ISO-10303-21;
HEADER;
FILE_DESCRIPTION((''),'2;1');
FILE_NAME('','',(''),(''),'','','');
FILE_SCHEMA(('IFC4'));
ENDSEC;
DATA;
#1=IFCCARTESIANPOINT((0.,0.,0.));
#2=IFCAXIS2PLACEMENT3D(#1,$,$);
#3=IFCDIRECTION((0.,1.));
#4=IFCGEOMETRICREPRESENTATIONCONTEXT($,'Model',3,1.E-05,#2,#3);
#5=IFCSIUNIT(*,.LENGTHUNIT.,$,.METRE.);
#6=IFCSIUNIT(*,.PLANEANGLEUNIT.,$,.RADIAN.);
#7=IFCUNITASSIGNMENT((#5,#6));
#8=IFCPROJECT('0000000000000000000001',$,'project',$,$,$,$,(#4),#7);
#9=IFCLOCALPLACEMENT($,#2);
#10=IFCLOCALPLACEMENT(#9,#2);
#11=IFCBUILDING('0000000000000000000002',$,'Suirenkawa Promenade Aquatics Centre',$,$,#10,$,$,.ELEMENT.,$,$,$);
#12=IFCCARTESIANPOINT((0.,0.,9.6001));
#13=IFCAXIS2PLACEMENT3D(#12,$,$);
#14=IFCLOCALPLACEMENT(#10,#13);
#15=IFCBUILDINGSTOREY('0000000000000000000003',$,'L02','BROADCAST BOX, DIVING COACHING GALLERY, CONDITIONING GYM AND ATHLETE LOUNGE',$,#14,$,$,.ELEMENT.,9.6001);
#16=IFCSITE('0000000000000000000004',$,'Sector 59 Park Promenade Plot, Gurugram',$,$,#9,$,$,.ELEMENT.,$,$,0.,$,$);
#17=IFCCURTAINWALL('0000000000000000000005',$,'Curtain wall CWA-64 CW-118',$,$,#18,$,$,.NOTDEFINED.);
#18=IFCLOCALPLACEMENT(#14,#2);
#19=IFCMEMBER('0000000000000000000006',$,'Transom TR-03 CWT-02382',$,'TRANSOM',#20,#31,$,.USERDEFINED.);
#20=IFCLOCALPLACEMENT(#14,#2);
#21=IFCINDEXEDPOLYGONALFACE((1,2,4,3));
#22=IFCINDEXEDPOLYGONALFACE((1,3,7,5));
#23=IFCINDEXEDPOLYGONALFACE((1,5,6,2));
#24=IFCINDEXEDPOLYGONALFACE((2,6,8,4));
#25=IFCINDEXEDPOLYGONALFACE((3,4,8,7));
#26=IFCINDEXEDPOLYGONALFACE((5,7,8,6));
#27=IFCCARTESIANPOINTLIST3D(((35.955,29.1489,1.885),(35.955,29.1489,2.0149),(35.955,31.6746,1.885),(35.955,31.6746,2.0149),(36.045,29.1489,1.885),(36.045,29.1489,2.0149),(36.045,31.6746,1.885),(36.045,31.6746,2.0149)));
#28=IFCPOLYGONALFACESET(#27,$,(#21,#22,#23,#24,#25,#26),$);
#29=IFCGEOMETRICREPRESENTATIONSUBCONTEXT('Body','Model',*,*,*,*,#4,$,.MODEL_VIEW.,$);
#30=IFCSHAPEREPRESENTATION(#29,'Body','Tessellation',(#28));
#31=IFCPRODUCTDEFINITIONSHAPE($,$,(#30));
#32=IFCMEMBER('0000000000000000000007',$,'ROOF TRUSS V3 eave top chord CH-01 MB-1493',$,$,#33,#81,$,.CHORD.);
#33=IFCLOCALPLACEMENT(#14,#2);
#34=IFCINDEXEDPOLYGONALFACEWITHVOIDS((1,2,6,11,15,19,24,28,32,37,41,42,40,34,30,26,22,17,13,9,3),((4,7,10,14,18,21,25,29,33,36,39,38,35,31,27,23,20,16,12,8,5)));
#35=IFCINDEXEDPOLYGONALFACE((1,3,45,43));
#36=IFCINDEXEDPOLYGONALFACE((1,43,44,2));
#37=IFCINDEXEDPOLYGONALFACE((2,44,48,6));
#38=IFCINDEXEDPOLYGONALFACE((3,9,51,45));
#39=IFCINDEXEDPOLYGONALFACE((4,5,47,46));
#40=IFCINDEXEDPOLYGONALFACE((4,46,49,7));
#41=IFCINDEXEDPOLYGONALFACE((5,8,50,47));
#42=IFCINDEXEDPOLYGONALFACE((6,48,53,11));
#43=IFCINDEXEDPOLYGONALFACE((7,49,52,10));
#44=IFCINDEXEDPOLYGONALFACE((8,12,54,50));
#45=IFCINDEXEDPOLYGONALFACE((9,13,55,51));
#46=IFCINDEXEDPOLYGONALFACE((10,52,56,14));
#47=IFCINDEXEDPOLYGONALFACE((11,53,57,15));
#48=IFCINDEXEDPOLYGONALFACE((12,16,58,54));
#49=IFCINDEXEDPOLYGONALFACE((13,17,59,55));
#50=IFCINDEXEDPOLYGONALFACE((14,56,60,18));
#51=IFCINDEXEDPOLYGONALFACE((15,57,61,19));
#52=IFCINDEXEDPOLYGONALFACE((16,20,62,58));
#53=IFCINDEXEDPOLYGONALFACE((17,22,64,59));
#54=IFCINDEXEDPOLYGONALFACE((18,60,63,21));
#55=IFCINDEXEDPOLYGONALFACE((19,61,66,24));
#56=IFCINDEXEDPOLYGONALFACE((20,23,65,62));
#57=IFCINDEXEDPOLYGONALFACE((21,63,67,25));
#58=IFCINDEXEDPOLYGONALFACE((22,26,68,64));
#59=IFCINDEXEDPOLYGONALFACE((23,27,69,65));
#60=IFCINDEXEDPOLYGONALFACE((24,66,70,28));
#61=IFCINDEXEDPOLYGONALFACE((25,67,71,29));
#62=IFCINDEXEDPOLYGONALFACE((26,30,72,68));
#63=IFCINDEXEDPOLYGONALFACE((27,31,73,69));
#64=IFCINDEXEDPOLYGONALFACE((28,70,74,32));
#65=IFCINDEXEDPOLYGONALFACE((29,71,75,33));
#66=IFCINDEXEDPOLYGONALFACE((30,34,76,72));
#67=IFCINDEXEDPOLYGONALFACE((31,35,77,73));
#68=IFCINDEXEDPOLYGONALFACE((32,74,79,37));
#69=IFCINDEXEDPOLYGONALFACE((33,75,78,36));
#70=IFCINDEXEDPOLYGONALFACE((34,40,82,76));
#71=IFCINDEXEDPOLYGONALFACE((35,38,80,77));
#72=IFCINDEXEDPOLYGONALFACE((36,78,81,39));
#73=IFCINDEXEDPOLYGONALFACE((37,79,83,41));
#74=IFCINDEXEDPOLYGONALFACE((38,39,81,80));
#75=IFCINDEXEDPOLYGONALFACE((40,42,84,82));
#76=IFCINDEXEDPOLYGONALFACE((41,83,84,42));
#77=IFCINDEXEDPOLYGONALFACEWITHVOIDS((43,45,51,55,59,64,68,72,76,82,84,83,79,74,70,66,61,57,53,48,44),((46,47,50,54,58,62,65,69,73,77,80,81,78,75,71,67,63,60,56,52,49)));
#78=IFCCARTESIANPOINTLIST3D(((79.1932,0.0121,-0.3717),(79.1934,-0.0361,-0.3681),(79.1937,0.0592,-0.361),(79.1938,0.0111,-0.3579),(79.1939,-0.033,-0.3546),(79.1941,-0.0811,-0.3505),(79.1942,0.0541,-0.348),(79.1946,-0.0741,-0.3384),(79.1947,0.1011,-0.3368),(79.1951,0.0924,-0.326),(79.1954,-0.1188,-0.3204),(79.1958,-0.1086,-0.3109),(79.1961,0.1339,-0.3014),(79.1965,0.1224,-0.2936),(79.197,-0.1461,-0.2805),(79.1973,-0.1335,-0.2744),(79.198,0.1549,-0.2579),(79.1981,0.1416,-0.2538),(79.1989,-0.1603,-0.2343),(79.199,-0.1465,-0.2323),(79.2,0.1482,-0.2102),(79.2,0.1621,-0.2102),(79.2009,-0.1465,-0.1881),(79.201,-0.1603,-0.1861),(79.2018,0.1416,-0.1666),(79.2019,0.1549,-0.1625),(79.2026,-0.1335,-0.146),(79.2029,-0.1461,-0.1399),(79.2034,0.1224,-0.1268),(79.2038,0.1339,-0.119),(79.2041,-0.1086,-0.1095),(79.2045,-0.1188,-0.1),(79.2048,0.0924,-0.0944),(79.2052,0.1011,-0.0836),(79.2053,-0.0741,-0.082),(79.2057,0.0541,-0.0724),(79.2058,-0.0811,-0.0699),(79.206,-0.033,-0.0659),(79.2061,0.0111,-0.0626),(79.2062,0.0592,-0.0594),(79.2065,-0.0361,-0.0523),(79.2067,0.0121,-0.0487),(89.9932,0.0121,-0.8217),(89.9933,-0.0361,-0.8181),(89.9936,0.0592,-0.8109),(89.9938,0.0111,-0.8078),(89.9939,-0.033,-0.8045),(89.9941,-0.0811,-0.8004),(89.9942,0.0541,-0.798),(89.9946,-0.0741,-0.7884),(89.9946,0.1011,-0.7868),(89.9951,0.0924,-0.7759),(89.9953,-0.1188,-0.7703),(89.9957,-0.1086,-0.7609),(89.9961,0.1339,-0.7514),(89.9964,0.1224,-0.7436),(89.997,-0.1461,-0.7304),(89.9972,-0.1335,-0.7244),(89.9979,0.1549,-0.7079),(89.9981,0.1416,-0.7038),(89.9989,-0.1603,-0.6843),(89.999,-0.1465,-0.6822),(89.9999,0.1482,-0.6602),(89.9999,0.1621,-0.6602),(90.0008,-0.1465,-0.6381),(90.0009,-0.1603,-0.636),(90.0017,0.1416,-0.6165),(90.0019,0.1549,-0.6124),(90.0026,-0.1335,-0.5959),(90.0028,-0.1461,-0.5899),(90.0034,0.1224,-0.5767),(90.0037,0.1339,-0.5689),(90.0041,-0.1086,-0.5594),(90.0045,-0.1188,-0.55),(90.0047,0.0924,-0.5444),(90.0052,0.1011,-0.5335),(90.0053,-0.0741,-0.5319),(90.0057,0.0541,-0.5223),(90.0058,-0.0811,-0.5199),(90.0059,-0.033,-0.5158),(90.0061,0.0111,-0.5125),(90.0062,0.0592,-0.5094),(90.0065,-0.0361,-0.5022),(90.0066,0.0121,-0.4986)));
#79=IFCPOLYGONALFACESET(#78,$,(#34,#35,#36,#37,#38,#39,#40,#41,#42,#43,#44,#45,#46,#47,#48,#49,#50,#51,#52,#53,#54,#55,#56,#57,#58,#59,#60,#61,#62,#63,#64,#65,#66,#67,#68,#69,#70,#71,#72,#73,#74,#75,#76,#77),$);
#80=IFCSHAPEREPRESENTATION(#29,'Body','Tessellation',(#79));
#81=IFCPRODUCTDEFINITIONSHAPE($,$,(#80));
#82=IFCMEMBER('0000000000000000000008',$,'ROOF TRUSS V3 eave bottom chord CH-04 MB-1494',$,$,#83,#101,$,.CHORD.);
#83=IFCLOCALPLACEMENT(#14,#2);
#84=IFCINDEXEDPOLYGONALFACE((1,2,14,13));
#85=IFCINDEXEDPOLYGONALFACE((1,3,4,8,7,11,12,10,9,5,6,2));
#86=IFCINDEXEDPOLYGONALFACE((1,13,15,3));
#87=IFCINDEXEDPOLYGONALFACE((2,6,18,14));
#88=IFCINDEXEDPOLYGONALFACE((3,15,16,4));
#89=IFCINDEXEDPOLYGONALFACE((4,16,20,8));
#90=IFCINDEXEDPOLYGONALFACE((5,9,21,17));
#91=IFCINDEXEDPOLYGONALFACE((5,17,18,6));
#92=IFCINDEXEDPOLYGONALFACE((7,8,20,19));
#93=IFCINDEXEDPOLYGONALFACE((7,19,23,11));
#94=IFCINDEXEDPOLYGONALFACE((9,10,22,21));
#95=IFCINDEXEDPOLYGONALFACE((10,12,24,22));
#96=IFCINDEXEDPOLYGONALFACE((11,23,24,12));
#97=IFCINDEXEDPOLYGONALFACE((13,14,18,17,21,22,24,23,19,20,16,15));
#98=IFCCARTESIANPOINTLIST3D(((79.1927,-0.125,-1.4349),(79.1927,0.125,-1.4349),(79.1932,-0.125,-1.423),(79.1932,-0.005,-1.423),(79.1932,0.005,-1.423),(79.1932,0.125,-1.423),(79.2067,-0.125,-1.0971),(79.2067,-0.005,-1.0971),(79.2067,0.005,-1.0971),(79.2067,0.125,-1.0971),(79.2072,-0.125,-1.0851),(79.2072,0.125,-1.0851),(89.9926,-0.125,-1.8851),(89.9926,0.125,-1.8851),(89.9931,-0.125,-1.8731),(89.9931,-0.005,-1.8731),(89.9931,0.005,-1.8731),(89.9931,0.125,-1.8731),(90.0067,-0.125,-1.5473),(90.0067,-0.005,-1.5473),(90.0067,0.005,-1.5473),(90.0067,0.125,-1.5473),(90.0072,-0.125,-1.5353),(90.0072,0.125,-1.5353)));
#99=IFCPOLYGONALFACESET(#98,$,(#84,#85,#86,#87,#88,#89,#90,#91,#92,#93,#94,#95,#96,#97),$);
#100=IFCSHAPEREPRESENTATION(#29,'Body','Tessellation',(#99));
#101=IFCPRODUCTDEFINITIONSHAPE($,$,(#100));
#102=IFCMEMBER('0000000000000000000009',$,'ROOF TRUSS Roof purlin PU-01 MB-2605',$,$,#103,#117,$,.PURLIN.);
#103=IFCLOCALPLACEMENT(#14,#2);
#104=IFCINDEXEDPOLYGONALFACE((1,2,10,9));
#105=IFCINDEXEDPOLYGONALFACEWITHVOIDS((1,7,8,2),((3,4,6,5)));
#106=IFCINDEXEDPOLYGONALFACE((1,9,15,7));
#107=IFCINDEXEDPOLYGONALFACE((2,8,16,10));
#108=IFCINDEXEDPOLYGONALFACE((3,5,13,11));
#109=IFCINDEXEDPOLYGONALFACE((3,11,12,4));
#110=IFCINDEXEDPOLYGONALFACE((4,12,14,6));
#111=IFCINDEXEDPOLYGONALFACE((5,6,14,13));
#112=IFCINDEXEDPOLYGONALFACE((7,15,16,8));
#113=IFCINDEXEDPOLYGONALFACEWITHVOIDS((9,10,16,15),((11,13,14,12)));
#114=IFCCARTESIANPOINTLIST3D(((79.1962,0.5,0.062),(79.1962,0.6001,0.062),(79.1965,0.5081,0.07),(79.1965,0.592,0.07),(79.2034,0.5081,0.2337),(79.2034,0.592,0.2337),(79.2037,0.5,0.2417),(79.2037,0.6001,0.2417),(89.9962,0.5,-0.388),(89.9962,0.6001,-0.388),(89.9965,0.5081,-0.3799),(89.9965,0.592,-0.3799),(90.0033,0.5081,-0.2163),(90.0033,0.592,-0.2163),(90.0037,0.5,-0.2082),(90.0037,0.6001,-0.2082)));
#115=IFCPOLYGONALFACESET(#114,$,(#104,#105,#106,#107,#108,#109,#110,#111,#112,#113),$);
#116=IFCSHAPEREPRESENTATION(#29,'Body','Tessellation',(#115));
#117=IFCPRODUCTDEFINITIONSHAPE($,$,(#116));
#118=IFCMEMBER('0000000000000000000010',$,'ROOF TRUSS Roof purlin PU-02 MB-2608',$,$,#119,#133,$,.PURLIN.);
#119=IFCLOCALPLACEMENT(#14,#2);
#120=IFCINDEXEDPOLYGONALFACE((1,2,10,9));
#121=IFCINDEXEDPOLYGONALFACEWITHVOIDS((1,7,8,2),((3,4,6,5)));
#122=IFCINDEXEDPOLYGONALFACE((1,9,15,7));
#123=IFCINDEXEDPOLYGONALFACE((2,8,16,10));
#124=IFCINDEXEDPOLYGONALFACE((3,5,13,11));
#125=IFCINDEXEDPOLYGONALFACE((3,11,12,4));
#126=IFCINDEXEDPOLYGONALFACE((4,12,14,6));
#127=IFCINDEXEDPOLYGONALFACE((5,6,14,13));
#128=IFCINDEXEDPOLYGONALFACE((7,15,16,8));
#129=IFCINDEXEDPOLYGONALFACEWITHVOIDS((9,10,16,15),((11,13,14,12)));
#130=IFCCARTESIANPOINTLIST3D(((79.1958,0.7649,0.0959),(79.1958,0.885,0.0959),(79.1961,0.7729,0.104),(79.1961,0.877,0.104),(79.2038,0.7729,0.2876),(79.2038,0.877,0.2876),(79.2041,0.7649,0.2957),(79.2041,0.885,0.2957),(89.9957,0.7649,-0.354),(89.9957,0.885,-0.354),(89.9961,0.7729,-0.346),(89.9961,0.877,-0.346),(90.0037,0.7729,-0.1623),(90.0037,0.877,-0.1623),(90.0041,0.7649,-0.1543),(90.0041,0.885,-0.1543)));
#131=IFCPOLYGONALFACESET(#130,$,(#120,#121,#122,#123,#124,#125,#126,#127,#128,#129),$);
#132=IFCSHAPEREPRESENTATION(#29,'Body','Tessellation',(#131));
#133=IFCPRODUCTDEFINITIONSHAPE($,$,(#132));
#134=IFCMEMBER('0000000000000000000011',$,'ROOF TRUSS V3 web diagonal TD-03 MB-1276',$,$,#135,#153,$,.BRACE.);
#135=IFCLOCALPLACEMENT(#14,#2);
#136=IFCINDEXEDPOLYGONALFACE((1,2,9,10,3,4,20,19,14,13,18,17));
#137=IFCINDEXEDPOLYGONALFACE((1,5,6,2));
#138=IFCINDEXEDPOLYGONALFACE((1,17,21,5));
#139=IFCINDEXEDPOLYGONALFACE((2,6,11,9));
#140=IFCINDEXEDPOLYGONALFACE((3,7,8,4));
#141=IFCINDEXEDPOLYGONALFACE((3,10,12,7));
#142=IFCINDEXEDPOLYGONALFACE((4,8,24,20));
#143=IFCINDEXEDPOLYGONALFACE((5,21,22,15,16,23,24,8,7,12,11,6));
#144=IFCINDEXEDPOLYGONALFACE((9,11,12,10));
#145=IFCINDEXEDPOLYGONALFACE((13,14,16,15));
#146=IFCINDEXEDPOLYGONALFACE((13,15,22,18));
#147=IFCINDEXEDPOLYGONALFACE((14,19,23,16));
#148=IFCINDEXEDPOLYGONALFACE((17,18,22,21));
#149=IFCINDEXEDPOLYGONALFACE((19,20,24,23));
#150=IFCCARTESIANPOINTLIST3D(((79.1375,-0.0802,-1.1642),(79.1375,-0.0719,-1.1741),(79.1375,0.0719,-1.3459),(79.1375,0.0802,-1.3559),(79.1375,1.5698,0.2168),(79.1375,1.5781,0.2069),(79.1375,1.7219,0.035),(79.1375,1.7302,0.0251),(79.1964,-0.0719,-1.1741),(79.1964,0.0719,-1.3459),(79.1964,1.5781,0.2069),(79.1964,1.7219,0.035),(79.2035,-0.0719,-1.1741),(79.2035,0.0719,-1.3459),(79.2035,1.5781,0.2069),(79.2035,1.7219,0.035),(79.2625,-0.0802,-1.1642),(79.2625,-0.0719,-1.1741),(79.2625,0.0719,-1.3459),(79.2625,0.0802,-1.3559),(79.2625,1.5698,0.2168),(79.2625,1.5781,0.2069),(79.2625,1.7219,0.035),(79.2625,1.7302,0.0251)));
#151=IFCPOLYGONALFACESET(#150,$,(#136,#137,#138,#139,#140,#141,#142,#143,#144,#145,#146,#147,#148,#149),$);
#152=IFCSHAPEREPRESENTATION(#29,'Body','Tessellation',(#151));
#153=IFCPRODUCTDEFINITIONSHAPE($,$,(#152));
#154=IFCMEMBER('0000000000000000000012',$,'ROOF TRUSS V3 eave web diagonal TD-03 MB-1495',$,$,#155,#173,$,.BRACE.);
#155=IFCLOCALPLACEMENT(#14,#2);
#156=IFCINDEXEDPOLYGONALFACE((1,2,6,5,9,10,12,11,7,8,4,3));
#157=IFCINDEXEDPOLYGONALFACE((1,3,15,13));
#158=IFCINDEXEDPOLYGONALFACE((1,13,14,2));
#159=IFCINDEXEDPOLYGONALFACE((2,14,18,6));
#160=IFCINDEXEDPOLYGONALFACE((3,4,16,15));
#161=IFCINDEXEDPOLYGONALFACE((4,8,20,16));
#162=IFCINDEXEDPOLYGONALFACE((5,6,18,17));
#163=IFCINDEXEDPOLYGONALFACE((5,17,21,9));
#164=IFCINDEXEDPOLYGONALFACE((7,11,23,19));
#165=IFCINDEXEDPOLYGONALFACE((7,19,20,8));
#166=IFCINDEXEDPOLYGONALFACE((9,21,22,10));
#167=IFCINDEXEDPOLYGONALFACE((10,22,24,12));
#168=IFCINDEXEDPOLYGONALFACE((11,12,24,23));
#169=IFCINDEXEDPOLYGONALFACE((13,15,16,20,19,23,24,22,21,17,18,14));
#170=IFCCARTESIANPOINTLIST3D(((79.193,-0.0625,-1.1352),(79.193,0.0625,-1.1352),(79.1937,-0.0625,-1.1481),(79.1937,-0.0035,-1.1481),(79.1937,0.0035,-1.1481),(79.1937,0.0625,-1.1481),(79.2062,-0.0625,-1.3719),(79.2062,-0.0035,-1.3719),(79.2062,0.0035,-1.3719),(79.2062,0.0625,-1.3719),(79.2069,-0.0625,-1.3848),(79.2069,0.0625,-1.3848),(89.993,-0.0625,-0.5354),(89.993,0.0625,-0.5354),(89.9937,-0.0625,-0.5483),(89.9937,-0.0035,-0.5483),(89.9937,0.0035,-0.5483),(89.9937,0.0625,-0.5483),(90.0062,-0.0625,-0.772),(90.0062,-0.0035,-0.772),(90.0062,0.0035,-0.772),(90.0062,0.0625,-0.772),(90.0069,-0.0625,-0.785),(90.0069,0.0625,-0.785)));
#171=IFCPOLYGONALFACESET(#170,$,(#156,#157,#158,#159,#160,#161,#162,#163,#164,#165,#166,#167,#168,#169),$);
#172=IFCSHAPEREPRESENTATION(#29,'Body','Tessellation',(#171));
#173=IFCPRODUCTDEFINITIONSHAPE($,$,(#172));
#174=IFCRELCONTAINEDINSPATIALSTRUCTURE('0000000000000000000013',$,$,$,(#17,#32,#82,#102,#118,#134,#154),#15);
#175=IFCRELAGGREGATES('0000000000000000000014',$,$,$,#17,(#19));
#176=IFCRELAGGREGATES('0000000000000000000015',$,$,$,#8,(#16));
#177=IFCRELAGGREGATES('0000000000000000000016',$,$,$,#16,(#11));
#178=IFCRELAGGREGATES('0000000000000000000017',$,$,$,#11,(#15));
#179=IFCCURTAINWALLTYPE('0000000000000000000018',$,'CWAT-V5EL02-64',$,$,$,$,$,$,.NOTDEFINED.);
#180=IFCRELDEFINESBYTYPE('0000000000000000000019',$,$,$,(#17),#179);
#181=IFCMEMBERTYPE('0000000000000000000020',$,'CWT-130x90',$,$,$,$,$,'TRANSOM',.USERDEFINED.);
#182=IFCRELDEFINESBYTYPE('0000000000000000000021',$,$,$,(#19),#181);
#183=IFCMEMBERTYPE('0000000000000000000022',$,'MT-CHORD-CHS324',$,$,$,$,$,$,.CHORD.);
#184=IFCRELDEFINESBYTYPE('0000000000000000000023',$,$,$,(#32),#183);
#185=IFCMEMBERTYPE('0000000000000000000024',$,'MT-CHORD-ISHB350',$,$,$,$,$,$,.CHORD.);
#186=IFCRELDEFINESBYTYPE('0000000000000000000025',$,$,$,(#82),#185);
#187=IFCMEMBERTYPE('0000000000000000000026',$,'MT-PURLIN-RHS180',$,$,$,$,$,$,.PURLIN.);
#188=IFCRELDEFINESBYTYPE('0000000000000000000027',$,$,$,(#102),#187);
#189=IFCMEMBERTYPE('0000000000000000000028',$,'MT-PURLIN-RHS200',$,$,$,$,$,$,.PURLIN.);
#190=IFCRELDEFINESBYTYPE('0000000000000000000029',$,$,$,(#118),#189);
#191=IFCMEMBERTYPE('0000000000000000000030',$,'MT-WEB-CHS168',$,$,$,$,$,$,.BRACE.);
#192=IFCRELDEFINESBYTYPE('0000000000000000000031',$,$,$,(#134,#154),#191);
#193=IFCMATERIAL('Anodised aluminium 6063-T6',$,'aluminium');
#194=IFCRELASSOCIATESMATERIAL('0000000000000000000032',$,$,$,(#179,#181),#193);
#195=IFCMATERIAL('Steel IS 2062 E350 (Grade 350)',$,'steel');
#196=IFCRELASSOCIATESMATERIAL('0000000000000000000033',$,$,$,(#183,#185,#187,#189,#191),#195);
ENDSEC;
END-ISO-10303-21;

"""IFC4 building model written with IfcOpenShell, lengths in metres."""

from ifc_helpers import new_model, si_unit, direction, frame, origin, origin_2d, place, context, subcontext, project, spatial, rectangle, hollow_rectangle, hollow_circle, i_section, extrude, material, material_profile, profile_set, type_object, element, aggregate, save


model = new_model("IFC4")

# Units and contexts
model_context = context("Model", 3, precision=1e-05, world=origin(), true_north=direction((0.0, 1.0)))
body_context = subcontext(model_context, "Body", "Model", "MODEL_VIEW")
ifc_project = project(units=[si_unit("LENGTHUNIT", "METRE"), si_unit("PLANEANGLEUNIT", "RADIAN")], contexts=[model_context])

# Site, building, storey
site_placement = place(None, origin())
site = spatial("IfcSite", under=ifc_project, at=site_placement, Name="Sector 59 Park Promenade Plot, Gurugram", CompositionType="ELEMENT", RefElevation=0.0)
building_placement = place(site_placement, origin())
building = spatial("IfcBuilding", under=site, at=building_placement, Name="Suirenkawa Promenade Aquatics Centre", CompositionType="ELEMENT")
storey_placement = place(building_placement, frame((0.0, 0.0, 9.6001)))
storey = spatial("IfcBuildingStorey", under=building, at=storey_placement, Name="L02", Description="BROADCAST BOX, DIVING COACHING GALLERY, CONDITIONING GYM AND ATHLETE LOUNGE", CompositionType="ELEMENT", Elevation=9.6001)

# Shared definitions
ifc_material_1 = material(Name="Steel IS 2062 E350 (Grade 350)", Category="steel")

# Shared definitions
ifc_material_2 = material(Name="Anodised aluminium 6063-T6", Category="aluminium")

# Curtain wall
curtain_wall_type_1 = type_object("IfcCurtainWallType", Name="CWAT-V5EL02-64", PredefinedType="NOTDEFINED", material=ifc_material_2)
curtain_wall_1_placement = place(storey_placement, origin())
curtain_wall_1 = element("IfcCurtainWall", 1, at=curtain_wall_1_placement, inside=storey, type_object=curtain_wall_type_1, Name="Curtain wall CWA-64 CW-118", PredefinedType="NOTDEFINED")

# Member
ifc_material_profile_1 = material_profile(ifc_material_2, rectangle(XDim=0.0901, YDim=0.1299, at=origin_2d()), Name="ALU TRAN 90x130", Category="aluminium")
ifc_profile_set_1 = profile_set([ifc_material_profile_1], Name="Anodised aluminium 6063-T6")
member_type_1 = type_object("IfcMemberType", Name="CWT-130x90", ElementType="TRANSOM", PredefinedType="USERDEFINED", material=ifc_profile_set_1)
member_1_placement = place(storey_placement, frame((36.0, 31.6746, 1.95), z_axis=(0.0, -1.0, 0.0), x_axis=(1.0, 0.0, 0.0)))
member_1 = element("IfcMember", 2, at=member_1_placement, type_object=member_type_1, Name="Transom TR-03 CWT-02382", ObjectType="TRANSOM", PredefinedType="USERDEFINED", context=body_context, shape_type="SweptSolid", body=[
    extrude(rectangle(XDim=0.0901, YDim=0.1299, at=origin_2d()), origin(), (0.0, 0.0, 1.0), 2.5256),
])

# Members
ifc_material_profile_2 = material_profile(ifc_material_1, hollow_circle(Radius=0.1621, WallThickness=0.0139, at=origin_2d()), Name="CHS 324x14", Category="steel")
ifc_profile_set_2 = profile_set([ifc_material_profile_2], Name="Steel IS 2062 E350 (Grade 350)")
member_type_2 = type_object("IfcMemberType", Name="MT-CHORD-CHS324", PredefinedType="CHORD", material=ifc_profile_set_2)
member_2_placement = place(storey_placement, frame((79.2, 0.0, -0.2102), z_axis=(0.999133, 0.0, -0.041626), x_axis=(0.0, 1.0, 0.0)))
element("IfcMember", 3, at=member_2_placement, inside=storey, type_object=member_type_2, Name="ROOF TRUSS V3 eave top chord CH-01 MB-1493", PredefinedType="CHORD", context=body_context, shape_type="SweptSolid", body=[
    extrude(hollow_circle(Radius=0.1621, WallThickness=0.0139, at=origin_2d()), origin(), (0.0, 0.0, 1.0), 10.8093),
])
ifc_material_profile_3 = material_profile(ifc_material_1, i_section(OverallWidth=0.25, OverallDepth=0.3501, WebThickness=0.01, FlangeThickness=0.012, at=origin_2d()), Name="ISHB 350", Category="steel")
ifc_profile_set_3 = profile_set([ifc_material_profile_3], Name="Steel IS 2062 E350 (Grade 350)")
member_type_3 = type_object("IfcMemberType", Name="MT-CHORD-ISHB350", PredefinedType="CHORD", material=ifc_profile_set_3)
member_3_placement = place(storey_placement, frame((79.2, 0.0, -1.26), z_axis=(0.999132, 0.0, -0.041648), x_axis=(0.0, 1.0, 0.0)))
element("IfcMember", 4, at=member_3_placement, inside=storey, type_object=member_type_3, Name="ROOF TRUSS V3 eave bottom chord CH-04 MB-1494", PredefinedType="CHORD", context=body_context, shape_type="SweptSolid", body=[
    extrude(i_section(OverallWidth=0.25, OverallDepth=0.3501, WebThickness=0.01, FlangeThickness=0.012, at=origin_2d()), origin(), (0.0, 0.0, 1.0), 10.8093),
])
ifc_material_profile_4 = material_profile(ifc_material_1, hollow_rectangle(XDim=0.1001, YDim=0.1799, WallThickness=0.0081, at=origin_2d()), Name="RHS 180x100x8", Category="steel")
ifc_profile_set_4 = profile_set([ifc_material_profile_4], Name="Steel IS 2062 E350 (Grade 350)")
member_type_4 = type_object("IfcMemberType", Name="MT-PURLIN-RHS180", PredefinedType="PURLIN", material=ifc_profile_set_4)
member_4_placement = place(storey_placement, frame((79.2, 0.55, 0.1519), z_axis=(0.999133, 0.0, -0.041626), x_axis=(0.0, 1.0, 0.0)))
element("IfcMember", 5, at=member_4_placement, inside=storey, type_object=member_type_4, Name="ROOF TRUSS Roof purlin PU-01 MB-2605", PredefinedType="PURLIN", context=body_context, shape_type="SweptSolid", body=[
    extrude(hollow_rectangle(XDim=0.1001, YDim=0.1799, WallThickness=0.0081, at=origin_2d()), origin(), (0.0, 0.0, 1.0), 10.8093),
])
ifc_material_profile_5 = material_profile(ifc_material_1, hollow_rectangle(XDim=0.1201, YDim=0.2, WallThickness=0.0081, at=origin_2d()), Name="RHS 200x120x8", Category="steel")
ifc_profile_set_5 = profile_set([ifc_material_profile_5], Name="Steel IS 2062 E350 (Grade 350)")
member_type_5 = type_object("IfcMemberType", Name="MT-PURLIN-RHS200", PredefinedType="PURLIN", material=ifc_profile_set_5)
member_5_placement = place(storey_placement, frame((79.2, 0.825, 0.1958), z_axis=(0.999133, 0.0, -0.041626), x_axis=(0.0, 1.0, 0.0)))
element("IfcMember", 6, at=member_5_placement, inside=storey, type_object=member_type_5, Name="ROOF TRUSS Roof purlin PU-02 MB-2608", PredefinedType="PURLIN", context=body_context, shape_type="SweptSolid", body=[
    extrude(hollow_rectangle(XDim=0.1201, YDim=0.2, WallThickness=0.0081, at=origin_2d()), origin(), (0.0, 0.0, 1.0), 10.8093),
])
ifc_material_profile_6 = material_profile(ifc_material_1, i_section(OverallWidth=0.125, OverallDepth=0.25, WebThickness=0.0071, FlangeThickness=0.0129, at=origin_2d()), Name="ISMB 250", Category="steel")
ifc_profile_set_6 = profile_set([ifc_material_profile_6], Name="Steel IS 2062 E350 (Grade 350)")
member_type_6 = type_object("IfcMemberType", Name="MT-WEB-CHS168", PredefinedType="BRACE", material=ifc_profile_set_6)
member_6_placement = place(storey_placement, frame((79.2, 0.0, -1.26), z_axis=(0.0, 0.766862, 0.641813), x_axis=(-1.0, 0.0, 0.0)))
element("IfcMember", 7, at=member_6_placement, inside=storey, type_object=member_type_6, Name="ROOF TRUSS V3 web diagonal TD-03 MB-1276", PredefinedType="BRACE", context=body_context, shape_type="SweptSolid", body=[
    extrude(i_section(OverallWidth=0.125, OverallDepth=0.25, WebThickness=0.0071, FlangeThickness=0.0129, at=origin_2d()), origin(), (0.0, 0.0, 1.0), 2.1516),
])
member_7_placement = place(storey_placement, frame((79.2, 0.0, -1.26), z_axis=(0.998461, 0.0, 0.055456), x_axis=(0.0, 1.0, 0.0)))
element("IfcMember", 8, at=member_7_placement, inside=storey, type_object=member_type_6, Name="ROOF TRUSS V3 eave web diagonal TD-03 MB-1495", PredefinedType="BRACE", context=body_context, shape_type="SweptSolid", body=[
    extrude(i_section(OverallWidth=0.125, OverallDepth=0.25, WebThickness=0.0071, FlangeThickness=0.0129, at=origin_2d()), origin(), (0.0, 0.0, 1.0), 10.8167),
])

aggregate(curtain_wall_1, [member_1])

save(model, "model.ifc")
